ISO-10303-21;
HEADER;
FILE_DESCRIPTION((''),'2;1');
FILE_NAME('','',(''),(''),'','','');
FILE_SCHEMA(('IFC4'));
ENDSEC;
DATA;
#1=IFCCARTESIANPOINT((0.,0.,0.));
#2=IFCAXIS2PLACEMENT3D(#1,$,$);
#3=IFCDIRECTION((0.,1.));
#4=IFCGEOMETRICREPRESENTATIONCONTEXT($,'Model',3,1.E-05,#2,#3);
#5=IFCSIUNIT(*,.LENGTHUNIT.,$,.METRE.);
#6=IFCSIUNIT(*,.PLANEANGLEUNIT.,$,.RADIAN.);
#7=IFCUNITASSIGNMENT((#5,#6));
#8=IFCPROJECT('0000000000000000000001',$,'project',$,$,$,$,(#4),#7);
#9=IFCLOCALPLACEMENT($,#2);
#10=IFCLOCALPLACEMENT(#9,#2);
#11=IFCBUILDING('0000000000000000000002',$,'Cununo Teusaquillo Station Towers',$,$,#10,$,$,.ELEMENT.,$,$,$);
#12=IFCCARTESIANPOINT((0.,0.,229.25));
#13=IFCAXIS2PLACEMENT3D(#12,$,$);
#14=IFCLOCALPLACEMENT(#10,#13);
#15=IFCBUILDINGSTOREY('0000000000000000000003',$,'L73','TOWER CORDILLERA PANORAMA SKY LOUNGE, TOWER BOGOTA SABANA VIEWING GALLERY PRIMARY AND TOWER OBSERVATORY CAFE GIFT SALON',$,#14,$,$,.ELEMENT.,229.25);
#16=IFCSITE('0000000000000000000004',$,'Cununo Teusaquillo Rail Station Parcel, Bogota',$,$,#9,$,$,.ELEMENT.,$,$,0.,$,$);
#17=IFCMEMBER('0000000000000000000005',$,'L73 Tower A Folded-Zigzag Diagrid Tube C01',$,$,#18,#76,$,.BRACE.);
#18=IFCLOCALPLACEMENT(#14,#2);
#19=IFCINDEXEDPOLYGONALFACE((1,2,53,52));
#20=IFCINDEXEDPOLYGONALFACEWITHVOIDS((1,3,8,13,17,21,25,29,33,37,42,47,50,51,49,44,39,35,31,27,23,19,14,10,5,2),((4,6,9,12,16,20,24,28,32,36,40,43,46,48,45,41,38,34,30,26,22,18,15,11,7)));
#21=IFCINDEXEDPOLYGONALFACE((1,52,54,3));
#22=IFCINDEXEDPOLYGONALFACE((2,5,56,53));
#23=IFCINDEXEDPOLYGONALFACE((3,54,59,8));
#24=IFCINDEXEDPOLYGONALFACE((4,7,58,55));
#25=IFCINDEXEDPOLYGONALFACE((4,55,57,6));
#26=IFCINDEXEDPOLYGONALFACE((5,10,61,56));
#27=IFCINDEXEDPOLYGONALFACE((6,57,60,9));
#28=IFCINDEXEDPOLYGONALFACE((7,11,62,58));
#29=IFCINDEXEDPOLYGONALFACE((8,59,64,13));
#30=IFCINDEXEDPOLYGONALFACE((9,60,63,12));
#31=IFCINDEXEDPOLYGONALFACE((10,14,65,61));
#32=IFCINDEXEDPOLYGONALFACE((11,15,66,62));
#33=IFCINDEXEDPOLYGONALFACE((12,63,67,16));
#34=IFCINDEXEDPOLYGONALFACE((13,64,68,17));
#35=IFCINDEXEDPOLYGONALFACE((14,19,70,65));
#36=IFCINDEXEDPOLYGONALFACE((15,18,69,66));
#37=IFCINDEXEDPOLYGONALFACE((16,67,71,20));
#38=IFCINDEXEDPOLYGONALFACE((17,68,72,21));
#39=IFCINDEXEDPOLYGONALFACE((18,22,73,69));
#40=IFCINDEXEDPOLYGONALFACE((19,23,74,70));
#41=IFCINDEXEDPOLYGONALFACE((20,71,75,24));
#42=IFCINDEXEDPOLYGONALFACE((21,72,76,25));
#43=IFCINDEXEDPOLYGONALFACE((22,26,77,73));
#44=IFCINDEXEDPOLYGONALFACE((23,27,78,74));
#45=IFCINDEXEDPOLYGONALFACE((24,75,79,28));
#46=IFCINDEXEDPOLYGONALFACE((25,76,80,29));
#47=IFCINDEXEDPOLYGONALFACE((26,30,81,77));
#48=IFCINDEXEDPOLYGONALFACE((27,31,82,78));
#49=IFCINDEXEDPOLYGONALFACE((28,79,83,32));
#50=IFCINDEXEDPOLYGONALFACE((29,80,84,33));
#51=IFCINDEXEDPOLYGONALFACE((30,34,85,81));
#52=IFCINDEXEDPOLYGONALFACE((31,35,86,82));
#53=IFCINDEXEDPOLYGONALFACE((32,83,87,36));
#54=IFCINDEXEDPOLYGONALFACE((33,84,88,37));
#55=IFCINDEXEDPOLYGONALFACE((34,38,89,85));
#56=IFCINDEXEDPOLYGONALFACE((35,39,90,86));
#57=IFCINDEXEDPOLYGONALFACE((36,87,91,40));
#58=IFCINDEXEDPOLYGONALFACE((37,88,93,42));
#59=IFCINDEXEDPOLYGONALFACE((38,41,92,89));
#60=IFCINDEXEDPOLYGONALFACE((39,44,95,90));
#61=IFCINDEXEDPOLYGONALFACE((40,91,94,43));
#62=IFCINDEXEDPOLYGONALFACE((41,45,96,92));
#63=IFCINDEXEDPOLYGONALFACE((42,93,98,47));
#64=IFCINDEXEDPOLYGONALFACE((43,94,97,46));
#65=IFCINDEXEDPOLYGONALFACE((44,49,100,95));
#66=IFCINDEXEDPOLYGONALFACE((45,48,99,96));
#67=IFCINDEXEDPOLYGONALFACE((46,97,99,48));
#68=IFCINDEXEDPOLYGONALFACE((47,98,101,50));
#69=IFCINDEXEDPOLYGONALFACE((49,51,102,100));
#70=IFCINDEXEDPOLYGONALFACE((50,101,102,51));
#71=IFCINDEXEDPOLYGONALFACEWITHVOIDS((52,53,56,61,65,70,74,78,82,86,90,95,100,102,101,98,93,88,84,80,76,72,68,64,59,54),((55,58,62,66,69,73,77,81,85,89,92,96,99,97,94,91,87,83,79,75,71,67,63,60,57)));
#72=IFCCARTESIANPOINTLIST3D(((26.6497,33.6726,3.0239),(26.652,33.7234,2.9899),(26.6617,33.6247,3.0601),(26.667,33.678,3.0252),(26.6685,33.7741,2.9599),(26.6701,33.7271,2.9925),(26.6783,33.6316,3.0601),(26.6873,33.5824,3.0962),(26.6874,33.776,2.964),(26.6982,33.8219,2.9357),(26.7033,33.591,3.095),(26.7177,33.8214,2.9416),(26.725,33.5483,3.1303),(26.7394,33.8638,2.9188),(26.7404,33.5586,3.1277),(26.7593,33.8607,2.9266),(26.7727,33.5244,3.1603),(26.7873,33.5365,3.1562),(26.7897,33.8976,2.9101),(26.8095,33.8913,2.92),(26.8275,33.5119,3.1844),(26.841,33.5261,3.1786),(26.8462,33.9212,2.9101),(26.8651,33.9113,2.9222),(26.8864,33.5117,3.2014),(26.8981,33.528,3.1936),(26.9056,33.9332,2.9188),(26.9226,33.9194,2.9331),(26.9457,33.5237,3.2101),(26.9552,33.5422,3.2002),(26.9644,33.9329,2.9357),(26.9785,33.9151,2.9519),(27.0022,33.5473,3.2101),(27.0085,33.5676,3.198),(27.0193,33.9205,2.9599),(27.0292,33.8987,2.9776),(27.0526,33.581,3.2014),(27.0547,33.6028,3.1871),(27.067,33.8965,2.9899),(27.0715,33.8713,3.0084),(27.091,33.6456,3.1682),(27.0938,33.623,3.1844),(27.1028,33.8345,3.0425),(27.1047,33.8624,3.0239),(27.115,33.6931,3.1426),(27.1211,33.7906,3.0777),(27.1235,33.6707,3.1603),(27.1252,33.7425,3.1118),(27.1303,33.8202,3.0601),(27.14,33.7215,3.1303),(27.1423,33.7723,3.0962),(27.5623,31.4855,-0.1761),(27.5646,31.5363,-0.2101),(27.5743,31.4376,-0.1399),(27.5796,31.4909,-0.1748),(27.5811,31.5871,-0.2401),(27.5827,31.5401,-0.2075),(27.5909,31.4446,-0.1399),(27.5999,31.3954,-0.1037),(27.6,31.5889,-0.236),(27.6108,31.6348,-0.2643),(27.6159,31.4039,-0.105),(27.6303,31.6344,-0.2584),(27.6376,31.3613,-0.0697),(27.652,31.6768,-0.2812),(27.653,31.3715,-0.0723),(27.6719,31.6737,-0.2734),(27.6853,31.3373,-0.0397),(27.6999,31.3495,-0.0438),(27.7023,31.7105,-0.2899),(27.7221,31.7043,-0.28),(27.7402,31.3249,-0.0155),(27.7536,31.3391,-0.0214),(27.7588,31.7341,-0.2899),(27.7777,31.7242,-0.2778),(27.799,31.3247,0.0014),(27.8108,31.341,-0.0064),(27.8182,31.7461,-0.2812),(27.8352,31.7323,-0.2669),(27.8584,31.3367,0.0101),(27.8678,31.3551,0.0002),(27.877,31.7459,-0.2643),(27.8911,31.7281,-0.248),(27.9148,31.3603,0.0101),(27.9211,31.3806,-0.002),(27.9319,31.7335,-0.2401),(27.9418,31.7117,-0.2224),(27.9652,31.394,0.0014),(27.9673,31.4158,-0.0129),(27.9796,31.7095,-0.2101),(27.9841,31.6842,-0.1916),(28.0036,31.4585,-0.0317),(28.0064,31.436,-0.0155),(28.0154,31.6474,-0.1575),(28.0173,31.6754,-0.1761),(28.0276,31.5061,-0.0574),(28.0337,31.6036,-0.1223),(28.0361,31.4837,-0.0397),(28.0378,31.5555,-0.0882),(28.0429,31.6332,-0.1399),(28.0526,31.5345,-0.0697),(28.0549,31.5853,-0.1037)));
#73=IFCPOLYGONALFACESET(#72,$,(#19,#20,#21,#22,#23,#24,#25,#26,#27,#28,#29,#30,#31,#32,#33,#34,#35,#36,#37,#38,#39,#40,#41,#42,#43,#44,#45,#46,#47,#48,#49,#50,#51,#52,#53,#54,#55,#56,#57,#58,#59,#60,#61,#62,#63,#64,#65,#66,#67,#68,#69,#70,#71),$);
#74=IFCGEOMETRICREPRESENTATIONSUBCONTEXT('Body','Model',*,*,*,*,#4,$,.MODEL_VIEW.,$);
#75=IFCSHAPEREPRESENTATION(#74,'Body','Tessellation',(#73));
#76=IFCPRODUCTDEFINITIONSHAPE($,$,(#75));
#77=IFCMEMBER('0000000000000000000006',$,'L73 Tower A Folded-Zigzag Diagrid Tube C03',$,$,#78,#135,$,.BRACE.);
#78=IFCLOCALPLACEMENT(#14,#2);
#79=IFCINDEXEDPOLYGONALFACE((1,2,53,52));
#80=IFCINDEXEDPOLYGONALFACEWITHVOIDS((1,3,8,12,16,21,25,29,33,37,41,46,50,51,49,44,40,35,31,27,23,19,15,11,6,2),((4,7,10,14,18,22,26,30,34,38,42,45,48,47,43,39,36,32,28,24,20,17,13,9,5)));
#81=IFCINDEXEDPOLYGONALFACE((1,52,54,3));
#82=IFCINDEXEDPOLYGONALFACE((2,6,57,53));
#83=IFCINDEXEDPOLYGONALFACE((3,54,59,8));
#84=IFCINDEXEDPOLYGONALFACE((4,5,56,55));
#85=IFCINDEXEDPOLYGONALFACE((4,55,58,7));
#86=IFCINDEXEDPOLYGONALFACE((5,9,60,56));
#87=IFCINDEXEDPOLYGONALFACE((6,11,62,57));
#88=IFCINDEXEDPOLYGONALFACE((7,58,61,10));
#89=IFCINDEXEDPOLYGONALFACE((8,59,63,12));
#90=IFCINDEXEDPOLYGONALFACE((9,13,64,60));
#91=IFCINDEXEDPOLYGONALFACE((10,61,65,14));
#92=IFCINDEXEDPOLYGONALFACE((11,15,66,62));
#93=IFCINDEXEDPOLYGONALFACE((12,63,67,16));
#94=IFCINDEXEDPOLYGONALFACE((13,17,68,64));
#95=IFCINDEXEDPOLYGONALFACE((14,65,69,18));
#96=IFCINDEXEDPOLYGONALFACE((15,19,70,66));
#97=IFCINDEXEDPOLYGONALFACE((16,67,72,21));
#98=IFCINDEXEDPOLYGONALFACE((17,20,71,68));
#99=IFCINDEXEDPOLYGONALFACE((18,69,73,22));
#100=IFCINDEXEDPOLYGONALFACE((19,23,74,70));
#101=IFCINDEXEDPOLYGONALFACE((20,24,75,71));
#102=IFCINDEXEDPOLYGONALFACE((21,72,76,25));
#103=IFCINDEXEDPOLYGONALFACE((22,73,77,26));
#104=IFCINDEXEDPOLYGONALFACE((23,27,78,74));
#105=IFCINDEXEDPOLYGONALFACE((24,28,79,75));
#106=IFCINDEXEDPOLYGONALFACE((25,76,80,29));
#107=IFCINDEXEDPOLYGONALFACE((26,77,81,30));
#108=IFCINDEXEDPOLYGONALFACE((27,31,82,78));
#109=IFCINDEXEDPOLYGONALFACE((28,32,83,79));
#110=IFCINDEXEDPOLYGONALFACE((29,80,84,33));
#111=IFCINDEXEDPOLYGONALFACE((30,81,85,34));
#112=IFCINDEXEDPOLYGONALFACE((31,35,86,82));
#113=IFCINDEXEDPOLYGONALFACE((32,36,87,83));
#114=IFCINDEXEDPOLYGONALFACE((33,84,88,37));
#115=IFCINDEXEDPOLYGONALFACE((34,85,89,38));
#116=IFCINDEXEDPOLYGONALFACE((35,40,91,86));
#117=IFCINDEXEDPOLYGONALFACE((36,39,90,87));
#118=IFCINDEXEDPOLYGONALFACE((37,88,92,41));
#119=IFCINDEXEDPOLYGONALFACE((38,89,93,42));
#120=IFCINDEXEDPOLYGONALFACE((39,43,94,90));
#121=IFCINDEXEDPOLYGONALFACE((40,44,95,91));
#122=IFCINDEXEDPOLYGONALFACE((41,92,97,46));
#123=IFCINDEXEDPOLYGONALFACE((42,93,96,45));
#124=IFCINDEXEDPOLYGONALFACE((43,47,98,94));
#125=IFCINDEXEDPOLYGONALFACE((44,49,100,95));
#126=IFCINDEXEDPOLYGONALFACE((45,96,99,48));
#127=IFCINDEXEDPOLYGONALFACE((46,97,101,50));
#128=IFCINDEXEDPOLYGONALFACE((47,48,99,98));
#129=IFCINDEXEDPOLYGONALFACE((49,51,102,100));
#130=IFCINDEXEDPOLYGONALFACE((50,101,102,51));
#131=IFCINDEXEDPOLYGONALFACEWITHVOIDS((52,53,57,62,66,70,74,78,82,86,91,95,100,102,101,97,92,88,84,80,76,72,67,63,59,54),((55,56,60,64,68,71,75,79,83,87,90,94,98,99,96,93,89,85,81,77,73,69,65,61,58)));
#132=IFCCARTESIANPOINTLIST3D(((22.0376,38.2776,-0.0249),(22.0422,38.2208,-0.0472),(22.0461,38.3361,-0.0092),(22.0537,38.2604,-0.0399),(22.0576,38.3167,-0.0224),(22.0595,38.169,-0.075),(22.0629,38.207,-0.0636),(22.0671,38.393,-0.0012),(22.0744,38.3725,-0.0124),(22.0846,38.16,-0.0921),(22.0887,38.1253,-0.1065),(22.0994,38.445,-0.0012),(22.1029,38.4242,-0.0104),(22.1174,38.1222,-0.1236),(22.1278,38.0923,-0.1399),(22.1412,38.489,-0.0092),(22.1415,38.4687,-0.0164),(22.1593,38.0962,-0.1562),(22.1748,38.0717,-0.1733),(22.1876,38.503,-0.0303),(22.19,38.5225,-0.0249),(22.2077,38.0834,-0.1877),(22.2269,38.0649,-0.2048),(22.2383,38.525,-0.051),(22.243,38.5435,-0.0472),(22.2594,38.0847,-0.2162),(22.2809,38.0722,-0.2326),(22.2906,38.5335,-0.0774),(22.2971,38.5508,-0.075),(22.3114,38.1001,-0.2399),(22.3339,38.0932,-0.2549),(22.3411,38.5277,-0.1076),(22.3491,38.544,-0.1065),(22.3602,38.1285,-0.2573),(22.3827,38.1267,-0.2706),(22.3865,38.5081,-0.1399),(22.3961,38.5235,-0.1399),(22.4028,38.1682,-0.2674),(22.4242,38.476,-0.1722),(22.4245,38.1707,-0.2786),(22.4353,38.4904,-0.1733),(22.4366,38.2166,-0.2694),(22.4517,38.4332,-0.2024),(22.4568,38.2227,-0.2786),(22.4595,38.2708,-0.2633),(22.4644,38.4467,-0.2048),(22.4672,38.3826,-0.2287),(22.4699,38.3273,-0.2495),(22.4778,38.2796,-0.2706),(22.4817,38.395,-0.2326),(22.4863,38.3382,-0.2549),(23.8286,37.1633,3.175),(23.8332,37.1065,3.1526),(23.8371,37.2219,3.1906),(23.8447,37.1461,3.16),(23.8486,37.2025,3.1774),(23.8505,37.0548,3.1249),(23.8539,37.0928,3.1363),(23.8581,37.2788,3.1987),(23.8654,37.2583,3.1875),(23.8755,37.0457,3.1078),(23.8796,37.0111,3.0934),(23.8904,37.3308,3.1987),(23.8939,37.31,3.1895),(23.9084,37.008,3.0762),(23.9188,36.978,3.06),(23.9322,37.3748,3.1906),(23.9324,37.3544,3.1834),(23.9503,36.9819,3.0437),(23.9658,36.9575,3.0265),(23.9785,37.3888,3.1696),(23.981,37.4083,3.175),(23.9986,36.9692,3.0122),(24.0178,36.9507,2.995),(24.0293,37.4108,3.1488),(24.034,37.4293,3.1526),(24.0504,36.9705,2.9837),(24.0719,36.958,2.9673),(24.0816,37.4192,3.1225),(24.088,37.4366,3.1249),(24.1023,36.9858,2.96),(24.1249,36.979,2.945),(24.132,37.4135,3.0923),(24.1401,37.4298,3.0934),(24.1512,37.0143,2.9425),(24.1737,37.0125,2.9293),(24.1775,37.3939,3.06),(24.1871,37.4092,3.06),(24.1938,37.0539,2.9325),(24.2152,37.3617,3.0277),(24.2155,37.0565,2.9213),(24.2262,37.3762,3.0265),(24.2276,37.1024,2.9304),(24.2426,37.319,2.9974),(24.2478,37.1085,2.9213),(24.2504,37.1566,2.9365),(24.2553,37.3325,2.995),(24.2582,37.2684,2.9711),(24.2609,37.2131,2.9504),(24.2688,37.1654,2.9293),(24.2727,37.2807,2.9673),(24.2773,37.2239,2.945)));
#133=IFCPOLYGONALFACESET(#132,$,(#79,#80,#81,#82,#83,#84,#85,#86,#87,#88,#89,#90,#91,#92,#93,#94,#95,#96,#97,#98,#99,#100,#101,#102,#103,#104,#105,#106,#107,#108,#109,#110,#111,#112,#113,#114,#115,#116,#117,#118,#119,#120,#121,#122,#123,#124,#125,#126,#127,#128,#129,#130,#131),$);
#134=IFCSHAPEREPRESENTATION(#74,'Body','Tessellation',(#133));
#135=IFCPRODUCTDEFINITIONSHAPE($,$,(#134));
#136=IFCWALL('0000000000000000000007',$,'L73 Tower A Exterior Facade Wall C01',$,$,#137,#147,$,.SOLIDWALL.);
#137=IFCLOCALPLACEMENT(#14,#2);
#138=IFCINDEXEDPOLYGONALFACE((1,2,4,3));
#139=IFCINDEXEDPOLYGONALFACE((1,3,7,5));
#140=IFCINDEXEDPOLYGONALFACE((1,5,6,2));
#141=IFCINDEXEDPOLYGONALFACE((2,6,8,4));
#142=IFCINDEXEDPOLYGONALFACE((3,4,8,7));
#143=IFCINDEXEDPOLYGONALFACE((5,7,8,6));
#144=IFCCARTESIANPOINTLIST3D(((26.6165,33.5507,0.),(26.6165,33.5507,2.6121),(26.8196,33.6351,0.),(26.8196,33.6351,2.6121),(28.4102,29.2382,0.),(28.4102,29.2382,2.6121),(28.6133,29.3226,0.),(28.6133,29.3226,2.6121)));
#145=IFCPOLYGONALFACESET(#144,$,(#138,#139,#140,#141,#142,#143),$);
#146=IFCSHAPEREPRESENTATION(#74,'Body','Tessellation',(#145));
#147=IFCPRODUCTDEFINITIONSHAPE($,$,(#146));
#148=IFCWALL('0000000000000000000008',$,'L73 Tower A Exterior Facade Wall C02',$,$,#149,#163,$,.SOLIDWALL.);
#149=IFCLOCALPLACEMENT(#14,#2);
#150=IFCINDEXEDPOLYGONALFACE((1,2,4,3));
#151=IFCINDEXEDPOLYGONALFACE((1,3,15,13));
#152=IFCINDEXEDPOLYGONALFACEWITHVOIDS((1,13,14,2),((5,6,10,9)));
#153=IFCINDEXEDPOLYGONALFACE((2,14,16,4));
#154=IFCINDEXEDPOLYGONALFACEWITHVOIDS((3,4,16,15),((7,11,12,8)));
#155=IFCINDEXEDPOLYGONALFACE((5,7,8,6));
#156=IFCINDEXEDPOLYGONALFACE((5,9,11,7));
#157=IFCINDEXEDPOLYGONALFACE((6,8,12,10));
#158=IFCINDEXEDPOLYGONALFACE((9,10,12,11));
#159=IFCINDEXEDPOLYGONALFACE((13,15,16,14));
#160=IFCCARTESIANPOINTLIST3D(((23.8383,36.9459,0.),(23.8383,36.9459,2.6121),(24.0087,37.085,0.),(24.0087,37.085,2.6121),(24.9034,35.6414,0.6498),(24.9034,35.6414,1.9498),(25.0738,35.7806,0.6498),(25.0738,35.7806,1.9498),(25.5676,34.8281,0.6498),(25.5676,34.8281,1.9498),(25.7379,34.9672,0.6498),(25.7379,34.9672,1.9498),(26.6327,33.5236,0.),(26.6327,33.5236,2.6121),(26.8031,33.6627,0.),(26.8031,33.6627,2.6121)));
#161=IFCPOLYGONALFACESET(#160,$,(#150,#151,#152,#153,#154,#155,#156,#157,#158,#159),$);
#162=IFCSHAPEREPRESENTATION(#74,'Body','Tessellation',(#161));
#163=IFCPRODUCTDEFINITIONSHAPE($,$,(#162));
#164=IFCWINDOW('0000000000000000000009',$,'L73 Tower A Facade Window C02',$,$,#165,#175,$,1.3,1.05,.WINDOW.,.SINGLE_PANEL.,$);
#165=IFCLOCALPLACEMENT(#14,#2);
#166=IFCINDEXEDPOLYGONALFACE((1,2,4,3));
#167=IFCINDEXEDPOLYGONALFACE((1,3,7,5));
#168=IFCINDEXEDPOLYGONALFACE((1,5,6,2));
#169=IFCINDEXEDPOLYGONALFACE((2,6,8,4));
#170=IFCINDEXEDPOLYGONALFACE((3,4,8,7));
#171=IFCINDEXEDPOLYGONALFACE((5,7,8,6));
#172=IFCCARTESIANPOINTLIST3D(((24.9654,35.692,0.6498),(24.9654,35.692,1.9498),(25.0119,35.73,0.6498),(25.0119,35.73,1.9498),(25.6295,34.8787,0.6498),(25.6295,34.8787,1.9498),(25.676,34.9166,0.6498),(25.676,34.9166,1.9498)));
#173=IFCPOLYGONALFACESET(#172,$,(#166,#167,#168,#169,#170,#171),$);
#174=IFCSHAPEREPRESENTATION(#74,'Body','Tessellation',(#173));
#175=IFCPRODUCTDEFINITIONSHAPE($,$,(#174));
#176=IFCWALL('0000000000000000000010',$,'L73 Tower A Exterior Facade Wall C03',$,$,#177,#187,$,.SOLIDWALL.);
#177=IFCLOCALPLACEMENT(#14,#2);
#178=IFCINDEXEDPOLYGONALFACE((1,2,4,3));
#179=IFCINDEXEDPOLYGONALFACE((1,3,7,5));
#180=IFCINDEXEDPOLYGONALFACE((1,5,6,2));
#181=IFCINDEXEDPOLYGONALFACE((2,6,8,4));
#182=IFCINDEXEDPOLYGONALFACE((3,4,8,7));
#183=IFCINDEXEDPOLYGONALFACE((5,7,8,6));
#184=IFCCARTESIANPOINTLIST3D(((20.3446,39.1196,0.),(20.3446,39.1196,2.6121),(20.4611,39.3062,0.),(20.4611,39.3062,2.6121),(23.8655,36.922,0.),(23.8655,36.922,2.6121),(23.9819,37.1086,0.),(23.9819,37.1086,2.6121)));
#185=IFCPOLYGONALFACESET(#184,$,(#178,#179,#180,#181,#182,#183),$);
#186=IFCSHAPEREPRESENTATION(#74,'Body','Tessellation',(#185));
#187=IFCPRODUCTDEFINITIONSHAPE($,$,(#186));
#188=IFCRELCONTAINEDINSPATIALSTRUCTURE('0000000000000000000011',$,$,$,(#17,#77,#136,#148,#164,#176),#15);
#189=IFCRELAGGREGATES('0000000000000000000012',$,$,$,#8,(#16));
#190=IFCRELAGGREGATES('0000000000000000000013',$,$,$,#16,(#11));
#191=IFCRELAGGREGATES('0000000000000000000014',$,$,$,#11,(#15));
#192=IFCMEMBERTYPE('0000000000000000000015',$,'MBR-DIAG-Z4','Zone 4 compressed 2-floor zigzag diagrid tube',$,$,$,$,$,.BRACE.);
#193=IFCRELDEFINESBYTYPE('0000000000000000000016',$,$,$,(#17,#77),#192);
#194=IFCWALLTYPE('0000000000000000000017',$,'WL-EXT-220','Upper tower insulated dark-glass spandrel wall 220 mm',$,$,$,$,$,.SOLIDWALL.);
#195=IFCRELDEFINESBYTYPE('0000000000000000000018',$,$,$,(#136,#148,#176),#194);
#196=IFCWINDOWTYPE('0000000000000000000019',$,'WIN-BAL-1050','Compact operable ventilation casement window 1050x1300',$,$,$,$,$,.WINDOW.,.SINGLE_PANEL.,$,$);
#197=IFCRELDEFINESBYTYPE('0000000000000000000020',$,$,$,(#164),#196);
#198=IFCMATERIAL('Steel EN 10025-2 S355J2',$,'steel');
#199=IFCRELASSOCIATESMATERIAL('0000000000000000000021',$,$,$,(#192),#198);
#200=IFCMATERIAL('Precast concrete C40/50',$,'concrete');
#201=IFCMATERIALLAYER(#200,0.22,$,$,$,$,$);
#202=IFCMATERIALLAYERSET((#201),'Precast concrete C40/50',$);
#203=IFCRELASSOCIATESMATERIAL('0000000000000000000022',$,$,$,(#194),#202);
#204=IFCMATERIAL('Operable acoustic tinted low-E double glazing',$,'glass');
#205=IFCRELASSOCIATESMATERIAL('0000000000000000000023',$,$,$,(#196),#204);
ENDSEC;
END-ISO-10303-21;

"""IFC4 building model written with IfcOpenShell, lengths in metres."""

from ifc_helpers import new_model, si_unit, direction, frame, frame_2d, origin, origin_2d, place, context, subcontext, project, spatial, rectangle, hollow_circle, extrude, source, transform, mapped, material, layer, layer_set, material_profile, profile_set, type_object, element, fill, save


model = new_model("IFC4")

# Units and contexts
model_context = context("Model", 3, precision=1e-05, world=origin(), true_north=direction((0.0, 1.0)))
body_context = subcontext(model_context, "Body", "Model", "MODEL_VIEW")
ifc_project = project(units=[si_unit("LENGTHUNIT", "METRE"), si_unit("PLANEANGLEUNIT", "RADIAN")], contexts=[model_context])

# Site, building, storey
site_placement = place(None, origin())
site = spatial("IfcSite", under=ifc_project, at=site_placement, Name="Cununo Teusaquillo Rail Station Parcel, Bogota", CompositionType="ELEMENT", RefElevation=0.0)
building_placement = place(site_placement, origin())
building = spatial("IfcBuilding", under=site, at=building_placement, Name="Cununo Teusaquillo Station Towers", CompositionType="ELEMENT")
storey_placement = place(building_placement, frame((0.0, 0.0, 229.25)))
storey = spatial("IfcBuildingStorey", under=building, at=storey_placement, Name="L73", Description="TOWER CORDILLERA PANORAMA SKY LOUNGE, TOWER BOGOTA SABANA VIEWING GALLERY PRIMARY AND TOWER OBSERVATORY CAFE GIFT SALON", CompositionType="ELEMENT", Elevation=229.25)

# Members
ifc_material_1 = material(Name="Steel EN 10025-2 S355J2", Category="steel")
ifc_material_profile_1 = material_profile(ifc_material_1, hollow_circle(Radius=0.2539, WallThickness=0.0181, at=origin_2d()), Name="CHS 508x18")
ifc_profile_set_1 = profile_set([ifc_material_profile_1], Name="Steel EN 10025-2 S355J2")
member_type = type_object("IfcMemberType", Name="MBR-DIAG-Z4", Description="Zone 4 compressed 2-floor zigzag diagrid tube", PredefinedType="BRACE", material=ifc_profile_set_1)
member_1_placement = place(storey_placement, frame((27.8086, 31.5354, -0.1399), z_axis=(-0.229186, 0.549238, 0.803624), x_axis=(-0.922876, -0.385098, 0.0)))
element("IfcMember", 1, at=member_1_placement, inside=storey, type_object=member_type, Name="L73 Tower A Folded-Zigzag Diagrid Tube C01", PredefinedType="BRACE", context=body_context, shape_type="SweptSolid", body=[
    extrude(hollow_circle(Radius=0.2539, WallThickness=0.0181, at=origin_2d()), origin(), (0.0, 0.0, 1.0), 3.9819),
])
member_2_placement = place(storey_placement, frame((22.262, 38.3079, -0.1399), z_axis=(0.467308, -0.29073, 0.834925), x_axis=(0.52825, 0.849089, 0.0)))
element("IfcMember", 2, at=member_2_placement, inside=storey, type_object=member_type, Name="L73 Tower A Folded-Zigzag Diagrid Tube C03", PredefinedType="BRACE", context=body_context, shape_type="SweptSolid", body=[
    extrude(hollow_circle(Radius=0.2539, WallThickness=0.0181, at=origin_2d()), origin(), (0.0, 0.0, 1.0), 3.8325),
])

# Wall
ifc_material_2 = material(Name="Precast concrete C40/50", Category="concrete")
ifc_layer_1 = layer(ifc_material_2, 0.22)
ifc_layer_set_1 = layer_set([ifc_layer_1], Name="Precast concrete C40/50")
wall_type_1 = type_object("IfcWallType", Name="WL-EXT-220", Description="Upper tower insulated dark-glass spandrel wall 220 mm", PredefinedType="SOLIDWALL", material=ifc_layer_set_1)
wall_1_placement = place(storey_placement, frame((26.718, 33.593, 0.0), z_axis=(0.0, 0.0, 1.0), x_axis=(0.384036, -0.923318, 0.0)))
element("IfcWall", 3, at=wall_1_placement, inside=storey, type_object=wall_type_1, Name="L73 Tower A Exterior Facade Wall C01", PredefinedType="SOLIDWALL", context=body_context, shape_type="SweptSolid", body=[
    extrude(rectangle(XDim=4.6707, YDim=0.22, at=frame_2d((2.3354, 0.0))), origin(), (0.0, 0.0, 1.0), 2.6121),
])

# Wall, opening, window
wall_2_placement = place(storey_placement, frame((23.9236, 37.0154, 0.0), z_axis=(0.0, 0.0, 1.0), x_axis=(0.632467, -0.774587, 0.0)))
wall_2 = element("IfcWall", 4, at=wall_2_placement, inside=storey, type_object=wall_type_1, Name="L73 Tower A Exterior Facade Wall C02", PredefinedType="SOLIDWALL", context=body_context, shape_type="SweptSolid", body=[
    extrude(rectangle(XDim=4.4182, YDim=0.22, at=frame_2d((2.209, 0.0))), origin(), (0.0, 0.0, 1.0), 2.6121),
])
shared_shape_1 = source(origin(), body_context, "Body", "SweptSolid", [
    extrude(rectangle(XDim=1.05, YDim=1.3, at=frame_2d((0.5249, 0.6499))), frame((0.0, 0.1199, 0.0), z_axis=(0.0, -1.0, 0.0), x_axis=(1.0, 0.0, 0.0)), (0.0, 0.0, 1.0), 0.24),
])
opening_1_placement = place(wall_2_placement, frame((1.6841, 0.0, 0.6499)))
opening_1 = element("IfcOpeningElement", 5, at=opening_1_placement, cuts=wall_2, PredefinedType="OPENING", context=body_context, shape_type="MappedRepresentation", body=[
    mapped(shared_shape_1, transform((0.0, 0.0, 0.0), x_axis=(1.0, 0.0, 0.0), y_axis=(0.0, 1.0, 0.0), z_axis=(0.0, 0.0, 1.0), scale=1.0)),
])
ifc_material_3 = material(Name="Operable acoustic tinted low-E double glazing", Category="glass")
window_type = type_object("IfcWindowType", Name="WIN-BAL-1050", Description="Compact operable ventilation casement window 1050x1300", PartitioningType="SINGLE_PANEL", PredefinedType="WINDOW", material=ifc_material_3)
shared_shape_2 = source(origin(), body_context, "Body", "SweptSolid", [
    extrude(rectangle(XDim=1.05, YDim=1.3, at=frame_2d((0.5249, 0.6499))), frame((0.0, 0.03, 0.0), z_axis=(0.0, -1.0, 0.0), x_axis=(1.0, 0.0, 0.0)), (0.0, 0.0, 1.0), 0.0601),
])
window_1_placement = place(opening_1_placement, origin())
window_1 = element("IfcWindow", 6, at=window_1_placement, inside=storey, type_object=window_type, Name="L73 Tower A Facade Window C02", OverallHeight=1.3, OverallWidth=1.05, PartitioningType="SINGLE_PANEL", PredefinedType="WINDOW", context=body_context, shape_type="MappedRepresentation", body=[
    mapped(shared_shape_2, transform((0.0, 0.0, 0.0), x_axis=(1.0, 0.0, 0.0), y_axis=(0.0, 1.0, 0.0), z_axis=(0.0, 0.0, 1.0), scale=1.0)),
])
fill(opening_1, window_1)

# Wall
wall_3_placement = place(storey_placement, frame((20.4028, 39.2129, 0.0), z_axis=(0.0, 0.0, 1.0), x_axis=(0.848319, -0.529486, 0.0)))
element("IfcWall", 7, at=wall_3_placement, inside=storey, type_object=wall_type_1, Name="L73 Tower A Exterior Facade Wall C03", PredefinedType="SOLIDWALL", context=body_context, shape_type="SweptSolid", body=[
    extrude(rectangle(XDim=4.1504, YDim=0.22, at=frame_2d((2.0752, 0.0))), origin(), (0.0, 0.0, 1.0), 2.6121),
])

save(model, "model.ifc")
